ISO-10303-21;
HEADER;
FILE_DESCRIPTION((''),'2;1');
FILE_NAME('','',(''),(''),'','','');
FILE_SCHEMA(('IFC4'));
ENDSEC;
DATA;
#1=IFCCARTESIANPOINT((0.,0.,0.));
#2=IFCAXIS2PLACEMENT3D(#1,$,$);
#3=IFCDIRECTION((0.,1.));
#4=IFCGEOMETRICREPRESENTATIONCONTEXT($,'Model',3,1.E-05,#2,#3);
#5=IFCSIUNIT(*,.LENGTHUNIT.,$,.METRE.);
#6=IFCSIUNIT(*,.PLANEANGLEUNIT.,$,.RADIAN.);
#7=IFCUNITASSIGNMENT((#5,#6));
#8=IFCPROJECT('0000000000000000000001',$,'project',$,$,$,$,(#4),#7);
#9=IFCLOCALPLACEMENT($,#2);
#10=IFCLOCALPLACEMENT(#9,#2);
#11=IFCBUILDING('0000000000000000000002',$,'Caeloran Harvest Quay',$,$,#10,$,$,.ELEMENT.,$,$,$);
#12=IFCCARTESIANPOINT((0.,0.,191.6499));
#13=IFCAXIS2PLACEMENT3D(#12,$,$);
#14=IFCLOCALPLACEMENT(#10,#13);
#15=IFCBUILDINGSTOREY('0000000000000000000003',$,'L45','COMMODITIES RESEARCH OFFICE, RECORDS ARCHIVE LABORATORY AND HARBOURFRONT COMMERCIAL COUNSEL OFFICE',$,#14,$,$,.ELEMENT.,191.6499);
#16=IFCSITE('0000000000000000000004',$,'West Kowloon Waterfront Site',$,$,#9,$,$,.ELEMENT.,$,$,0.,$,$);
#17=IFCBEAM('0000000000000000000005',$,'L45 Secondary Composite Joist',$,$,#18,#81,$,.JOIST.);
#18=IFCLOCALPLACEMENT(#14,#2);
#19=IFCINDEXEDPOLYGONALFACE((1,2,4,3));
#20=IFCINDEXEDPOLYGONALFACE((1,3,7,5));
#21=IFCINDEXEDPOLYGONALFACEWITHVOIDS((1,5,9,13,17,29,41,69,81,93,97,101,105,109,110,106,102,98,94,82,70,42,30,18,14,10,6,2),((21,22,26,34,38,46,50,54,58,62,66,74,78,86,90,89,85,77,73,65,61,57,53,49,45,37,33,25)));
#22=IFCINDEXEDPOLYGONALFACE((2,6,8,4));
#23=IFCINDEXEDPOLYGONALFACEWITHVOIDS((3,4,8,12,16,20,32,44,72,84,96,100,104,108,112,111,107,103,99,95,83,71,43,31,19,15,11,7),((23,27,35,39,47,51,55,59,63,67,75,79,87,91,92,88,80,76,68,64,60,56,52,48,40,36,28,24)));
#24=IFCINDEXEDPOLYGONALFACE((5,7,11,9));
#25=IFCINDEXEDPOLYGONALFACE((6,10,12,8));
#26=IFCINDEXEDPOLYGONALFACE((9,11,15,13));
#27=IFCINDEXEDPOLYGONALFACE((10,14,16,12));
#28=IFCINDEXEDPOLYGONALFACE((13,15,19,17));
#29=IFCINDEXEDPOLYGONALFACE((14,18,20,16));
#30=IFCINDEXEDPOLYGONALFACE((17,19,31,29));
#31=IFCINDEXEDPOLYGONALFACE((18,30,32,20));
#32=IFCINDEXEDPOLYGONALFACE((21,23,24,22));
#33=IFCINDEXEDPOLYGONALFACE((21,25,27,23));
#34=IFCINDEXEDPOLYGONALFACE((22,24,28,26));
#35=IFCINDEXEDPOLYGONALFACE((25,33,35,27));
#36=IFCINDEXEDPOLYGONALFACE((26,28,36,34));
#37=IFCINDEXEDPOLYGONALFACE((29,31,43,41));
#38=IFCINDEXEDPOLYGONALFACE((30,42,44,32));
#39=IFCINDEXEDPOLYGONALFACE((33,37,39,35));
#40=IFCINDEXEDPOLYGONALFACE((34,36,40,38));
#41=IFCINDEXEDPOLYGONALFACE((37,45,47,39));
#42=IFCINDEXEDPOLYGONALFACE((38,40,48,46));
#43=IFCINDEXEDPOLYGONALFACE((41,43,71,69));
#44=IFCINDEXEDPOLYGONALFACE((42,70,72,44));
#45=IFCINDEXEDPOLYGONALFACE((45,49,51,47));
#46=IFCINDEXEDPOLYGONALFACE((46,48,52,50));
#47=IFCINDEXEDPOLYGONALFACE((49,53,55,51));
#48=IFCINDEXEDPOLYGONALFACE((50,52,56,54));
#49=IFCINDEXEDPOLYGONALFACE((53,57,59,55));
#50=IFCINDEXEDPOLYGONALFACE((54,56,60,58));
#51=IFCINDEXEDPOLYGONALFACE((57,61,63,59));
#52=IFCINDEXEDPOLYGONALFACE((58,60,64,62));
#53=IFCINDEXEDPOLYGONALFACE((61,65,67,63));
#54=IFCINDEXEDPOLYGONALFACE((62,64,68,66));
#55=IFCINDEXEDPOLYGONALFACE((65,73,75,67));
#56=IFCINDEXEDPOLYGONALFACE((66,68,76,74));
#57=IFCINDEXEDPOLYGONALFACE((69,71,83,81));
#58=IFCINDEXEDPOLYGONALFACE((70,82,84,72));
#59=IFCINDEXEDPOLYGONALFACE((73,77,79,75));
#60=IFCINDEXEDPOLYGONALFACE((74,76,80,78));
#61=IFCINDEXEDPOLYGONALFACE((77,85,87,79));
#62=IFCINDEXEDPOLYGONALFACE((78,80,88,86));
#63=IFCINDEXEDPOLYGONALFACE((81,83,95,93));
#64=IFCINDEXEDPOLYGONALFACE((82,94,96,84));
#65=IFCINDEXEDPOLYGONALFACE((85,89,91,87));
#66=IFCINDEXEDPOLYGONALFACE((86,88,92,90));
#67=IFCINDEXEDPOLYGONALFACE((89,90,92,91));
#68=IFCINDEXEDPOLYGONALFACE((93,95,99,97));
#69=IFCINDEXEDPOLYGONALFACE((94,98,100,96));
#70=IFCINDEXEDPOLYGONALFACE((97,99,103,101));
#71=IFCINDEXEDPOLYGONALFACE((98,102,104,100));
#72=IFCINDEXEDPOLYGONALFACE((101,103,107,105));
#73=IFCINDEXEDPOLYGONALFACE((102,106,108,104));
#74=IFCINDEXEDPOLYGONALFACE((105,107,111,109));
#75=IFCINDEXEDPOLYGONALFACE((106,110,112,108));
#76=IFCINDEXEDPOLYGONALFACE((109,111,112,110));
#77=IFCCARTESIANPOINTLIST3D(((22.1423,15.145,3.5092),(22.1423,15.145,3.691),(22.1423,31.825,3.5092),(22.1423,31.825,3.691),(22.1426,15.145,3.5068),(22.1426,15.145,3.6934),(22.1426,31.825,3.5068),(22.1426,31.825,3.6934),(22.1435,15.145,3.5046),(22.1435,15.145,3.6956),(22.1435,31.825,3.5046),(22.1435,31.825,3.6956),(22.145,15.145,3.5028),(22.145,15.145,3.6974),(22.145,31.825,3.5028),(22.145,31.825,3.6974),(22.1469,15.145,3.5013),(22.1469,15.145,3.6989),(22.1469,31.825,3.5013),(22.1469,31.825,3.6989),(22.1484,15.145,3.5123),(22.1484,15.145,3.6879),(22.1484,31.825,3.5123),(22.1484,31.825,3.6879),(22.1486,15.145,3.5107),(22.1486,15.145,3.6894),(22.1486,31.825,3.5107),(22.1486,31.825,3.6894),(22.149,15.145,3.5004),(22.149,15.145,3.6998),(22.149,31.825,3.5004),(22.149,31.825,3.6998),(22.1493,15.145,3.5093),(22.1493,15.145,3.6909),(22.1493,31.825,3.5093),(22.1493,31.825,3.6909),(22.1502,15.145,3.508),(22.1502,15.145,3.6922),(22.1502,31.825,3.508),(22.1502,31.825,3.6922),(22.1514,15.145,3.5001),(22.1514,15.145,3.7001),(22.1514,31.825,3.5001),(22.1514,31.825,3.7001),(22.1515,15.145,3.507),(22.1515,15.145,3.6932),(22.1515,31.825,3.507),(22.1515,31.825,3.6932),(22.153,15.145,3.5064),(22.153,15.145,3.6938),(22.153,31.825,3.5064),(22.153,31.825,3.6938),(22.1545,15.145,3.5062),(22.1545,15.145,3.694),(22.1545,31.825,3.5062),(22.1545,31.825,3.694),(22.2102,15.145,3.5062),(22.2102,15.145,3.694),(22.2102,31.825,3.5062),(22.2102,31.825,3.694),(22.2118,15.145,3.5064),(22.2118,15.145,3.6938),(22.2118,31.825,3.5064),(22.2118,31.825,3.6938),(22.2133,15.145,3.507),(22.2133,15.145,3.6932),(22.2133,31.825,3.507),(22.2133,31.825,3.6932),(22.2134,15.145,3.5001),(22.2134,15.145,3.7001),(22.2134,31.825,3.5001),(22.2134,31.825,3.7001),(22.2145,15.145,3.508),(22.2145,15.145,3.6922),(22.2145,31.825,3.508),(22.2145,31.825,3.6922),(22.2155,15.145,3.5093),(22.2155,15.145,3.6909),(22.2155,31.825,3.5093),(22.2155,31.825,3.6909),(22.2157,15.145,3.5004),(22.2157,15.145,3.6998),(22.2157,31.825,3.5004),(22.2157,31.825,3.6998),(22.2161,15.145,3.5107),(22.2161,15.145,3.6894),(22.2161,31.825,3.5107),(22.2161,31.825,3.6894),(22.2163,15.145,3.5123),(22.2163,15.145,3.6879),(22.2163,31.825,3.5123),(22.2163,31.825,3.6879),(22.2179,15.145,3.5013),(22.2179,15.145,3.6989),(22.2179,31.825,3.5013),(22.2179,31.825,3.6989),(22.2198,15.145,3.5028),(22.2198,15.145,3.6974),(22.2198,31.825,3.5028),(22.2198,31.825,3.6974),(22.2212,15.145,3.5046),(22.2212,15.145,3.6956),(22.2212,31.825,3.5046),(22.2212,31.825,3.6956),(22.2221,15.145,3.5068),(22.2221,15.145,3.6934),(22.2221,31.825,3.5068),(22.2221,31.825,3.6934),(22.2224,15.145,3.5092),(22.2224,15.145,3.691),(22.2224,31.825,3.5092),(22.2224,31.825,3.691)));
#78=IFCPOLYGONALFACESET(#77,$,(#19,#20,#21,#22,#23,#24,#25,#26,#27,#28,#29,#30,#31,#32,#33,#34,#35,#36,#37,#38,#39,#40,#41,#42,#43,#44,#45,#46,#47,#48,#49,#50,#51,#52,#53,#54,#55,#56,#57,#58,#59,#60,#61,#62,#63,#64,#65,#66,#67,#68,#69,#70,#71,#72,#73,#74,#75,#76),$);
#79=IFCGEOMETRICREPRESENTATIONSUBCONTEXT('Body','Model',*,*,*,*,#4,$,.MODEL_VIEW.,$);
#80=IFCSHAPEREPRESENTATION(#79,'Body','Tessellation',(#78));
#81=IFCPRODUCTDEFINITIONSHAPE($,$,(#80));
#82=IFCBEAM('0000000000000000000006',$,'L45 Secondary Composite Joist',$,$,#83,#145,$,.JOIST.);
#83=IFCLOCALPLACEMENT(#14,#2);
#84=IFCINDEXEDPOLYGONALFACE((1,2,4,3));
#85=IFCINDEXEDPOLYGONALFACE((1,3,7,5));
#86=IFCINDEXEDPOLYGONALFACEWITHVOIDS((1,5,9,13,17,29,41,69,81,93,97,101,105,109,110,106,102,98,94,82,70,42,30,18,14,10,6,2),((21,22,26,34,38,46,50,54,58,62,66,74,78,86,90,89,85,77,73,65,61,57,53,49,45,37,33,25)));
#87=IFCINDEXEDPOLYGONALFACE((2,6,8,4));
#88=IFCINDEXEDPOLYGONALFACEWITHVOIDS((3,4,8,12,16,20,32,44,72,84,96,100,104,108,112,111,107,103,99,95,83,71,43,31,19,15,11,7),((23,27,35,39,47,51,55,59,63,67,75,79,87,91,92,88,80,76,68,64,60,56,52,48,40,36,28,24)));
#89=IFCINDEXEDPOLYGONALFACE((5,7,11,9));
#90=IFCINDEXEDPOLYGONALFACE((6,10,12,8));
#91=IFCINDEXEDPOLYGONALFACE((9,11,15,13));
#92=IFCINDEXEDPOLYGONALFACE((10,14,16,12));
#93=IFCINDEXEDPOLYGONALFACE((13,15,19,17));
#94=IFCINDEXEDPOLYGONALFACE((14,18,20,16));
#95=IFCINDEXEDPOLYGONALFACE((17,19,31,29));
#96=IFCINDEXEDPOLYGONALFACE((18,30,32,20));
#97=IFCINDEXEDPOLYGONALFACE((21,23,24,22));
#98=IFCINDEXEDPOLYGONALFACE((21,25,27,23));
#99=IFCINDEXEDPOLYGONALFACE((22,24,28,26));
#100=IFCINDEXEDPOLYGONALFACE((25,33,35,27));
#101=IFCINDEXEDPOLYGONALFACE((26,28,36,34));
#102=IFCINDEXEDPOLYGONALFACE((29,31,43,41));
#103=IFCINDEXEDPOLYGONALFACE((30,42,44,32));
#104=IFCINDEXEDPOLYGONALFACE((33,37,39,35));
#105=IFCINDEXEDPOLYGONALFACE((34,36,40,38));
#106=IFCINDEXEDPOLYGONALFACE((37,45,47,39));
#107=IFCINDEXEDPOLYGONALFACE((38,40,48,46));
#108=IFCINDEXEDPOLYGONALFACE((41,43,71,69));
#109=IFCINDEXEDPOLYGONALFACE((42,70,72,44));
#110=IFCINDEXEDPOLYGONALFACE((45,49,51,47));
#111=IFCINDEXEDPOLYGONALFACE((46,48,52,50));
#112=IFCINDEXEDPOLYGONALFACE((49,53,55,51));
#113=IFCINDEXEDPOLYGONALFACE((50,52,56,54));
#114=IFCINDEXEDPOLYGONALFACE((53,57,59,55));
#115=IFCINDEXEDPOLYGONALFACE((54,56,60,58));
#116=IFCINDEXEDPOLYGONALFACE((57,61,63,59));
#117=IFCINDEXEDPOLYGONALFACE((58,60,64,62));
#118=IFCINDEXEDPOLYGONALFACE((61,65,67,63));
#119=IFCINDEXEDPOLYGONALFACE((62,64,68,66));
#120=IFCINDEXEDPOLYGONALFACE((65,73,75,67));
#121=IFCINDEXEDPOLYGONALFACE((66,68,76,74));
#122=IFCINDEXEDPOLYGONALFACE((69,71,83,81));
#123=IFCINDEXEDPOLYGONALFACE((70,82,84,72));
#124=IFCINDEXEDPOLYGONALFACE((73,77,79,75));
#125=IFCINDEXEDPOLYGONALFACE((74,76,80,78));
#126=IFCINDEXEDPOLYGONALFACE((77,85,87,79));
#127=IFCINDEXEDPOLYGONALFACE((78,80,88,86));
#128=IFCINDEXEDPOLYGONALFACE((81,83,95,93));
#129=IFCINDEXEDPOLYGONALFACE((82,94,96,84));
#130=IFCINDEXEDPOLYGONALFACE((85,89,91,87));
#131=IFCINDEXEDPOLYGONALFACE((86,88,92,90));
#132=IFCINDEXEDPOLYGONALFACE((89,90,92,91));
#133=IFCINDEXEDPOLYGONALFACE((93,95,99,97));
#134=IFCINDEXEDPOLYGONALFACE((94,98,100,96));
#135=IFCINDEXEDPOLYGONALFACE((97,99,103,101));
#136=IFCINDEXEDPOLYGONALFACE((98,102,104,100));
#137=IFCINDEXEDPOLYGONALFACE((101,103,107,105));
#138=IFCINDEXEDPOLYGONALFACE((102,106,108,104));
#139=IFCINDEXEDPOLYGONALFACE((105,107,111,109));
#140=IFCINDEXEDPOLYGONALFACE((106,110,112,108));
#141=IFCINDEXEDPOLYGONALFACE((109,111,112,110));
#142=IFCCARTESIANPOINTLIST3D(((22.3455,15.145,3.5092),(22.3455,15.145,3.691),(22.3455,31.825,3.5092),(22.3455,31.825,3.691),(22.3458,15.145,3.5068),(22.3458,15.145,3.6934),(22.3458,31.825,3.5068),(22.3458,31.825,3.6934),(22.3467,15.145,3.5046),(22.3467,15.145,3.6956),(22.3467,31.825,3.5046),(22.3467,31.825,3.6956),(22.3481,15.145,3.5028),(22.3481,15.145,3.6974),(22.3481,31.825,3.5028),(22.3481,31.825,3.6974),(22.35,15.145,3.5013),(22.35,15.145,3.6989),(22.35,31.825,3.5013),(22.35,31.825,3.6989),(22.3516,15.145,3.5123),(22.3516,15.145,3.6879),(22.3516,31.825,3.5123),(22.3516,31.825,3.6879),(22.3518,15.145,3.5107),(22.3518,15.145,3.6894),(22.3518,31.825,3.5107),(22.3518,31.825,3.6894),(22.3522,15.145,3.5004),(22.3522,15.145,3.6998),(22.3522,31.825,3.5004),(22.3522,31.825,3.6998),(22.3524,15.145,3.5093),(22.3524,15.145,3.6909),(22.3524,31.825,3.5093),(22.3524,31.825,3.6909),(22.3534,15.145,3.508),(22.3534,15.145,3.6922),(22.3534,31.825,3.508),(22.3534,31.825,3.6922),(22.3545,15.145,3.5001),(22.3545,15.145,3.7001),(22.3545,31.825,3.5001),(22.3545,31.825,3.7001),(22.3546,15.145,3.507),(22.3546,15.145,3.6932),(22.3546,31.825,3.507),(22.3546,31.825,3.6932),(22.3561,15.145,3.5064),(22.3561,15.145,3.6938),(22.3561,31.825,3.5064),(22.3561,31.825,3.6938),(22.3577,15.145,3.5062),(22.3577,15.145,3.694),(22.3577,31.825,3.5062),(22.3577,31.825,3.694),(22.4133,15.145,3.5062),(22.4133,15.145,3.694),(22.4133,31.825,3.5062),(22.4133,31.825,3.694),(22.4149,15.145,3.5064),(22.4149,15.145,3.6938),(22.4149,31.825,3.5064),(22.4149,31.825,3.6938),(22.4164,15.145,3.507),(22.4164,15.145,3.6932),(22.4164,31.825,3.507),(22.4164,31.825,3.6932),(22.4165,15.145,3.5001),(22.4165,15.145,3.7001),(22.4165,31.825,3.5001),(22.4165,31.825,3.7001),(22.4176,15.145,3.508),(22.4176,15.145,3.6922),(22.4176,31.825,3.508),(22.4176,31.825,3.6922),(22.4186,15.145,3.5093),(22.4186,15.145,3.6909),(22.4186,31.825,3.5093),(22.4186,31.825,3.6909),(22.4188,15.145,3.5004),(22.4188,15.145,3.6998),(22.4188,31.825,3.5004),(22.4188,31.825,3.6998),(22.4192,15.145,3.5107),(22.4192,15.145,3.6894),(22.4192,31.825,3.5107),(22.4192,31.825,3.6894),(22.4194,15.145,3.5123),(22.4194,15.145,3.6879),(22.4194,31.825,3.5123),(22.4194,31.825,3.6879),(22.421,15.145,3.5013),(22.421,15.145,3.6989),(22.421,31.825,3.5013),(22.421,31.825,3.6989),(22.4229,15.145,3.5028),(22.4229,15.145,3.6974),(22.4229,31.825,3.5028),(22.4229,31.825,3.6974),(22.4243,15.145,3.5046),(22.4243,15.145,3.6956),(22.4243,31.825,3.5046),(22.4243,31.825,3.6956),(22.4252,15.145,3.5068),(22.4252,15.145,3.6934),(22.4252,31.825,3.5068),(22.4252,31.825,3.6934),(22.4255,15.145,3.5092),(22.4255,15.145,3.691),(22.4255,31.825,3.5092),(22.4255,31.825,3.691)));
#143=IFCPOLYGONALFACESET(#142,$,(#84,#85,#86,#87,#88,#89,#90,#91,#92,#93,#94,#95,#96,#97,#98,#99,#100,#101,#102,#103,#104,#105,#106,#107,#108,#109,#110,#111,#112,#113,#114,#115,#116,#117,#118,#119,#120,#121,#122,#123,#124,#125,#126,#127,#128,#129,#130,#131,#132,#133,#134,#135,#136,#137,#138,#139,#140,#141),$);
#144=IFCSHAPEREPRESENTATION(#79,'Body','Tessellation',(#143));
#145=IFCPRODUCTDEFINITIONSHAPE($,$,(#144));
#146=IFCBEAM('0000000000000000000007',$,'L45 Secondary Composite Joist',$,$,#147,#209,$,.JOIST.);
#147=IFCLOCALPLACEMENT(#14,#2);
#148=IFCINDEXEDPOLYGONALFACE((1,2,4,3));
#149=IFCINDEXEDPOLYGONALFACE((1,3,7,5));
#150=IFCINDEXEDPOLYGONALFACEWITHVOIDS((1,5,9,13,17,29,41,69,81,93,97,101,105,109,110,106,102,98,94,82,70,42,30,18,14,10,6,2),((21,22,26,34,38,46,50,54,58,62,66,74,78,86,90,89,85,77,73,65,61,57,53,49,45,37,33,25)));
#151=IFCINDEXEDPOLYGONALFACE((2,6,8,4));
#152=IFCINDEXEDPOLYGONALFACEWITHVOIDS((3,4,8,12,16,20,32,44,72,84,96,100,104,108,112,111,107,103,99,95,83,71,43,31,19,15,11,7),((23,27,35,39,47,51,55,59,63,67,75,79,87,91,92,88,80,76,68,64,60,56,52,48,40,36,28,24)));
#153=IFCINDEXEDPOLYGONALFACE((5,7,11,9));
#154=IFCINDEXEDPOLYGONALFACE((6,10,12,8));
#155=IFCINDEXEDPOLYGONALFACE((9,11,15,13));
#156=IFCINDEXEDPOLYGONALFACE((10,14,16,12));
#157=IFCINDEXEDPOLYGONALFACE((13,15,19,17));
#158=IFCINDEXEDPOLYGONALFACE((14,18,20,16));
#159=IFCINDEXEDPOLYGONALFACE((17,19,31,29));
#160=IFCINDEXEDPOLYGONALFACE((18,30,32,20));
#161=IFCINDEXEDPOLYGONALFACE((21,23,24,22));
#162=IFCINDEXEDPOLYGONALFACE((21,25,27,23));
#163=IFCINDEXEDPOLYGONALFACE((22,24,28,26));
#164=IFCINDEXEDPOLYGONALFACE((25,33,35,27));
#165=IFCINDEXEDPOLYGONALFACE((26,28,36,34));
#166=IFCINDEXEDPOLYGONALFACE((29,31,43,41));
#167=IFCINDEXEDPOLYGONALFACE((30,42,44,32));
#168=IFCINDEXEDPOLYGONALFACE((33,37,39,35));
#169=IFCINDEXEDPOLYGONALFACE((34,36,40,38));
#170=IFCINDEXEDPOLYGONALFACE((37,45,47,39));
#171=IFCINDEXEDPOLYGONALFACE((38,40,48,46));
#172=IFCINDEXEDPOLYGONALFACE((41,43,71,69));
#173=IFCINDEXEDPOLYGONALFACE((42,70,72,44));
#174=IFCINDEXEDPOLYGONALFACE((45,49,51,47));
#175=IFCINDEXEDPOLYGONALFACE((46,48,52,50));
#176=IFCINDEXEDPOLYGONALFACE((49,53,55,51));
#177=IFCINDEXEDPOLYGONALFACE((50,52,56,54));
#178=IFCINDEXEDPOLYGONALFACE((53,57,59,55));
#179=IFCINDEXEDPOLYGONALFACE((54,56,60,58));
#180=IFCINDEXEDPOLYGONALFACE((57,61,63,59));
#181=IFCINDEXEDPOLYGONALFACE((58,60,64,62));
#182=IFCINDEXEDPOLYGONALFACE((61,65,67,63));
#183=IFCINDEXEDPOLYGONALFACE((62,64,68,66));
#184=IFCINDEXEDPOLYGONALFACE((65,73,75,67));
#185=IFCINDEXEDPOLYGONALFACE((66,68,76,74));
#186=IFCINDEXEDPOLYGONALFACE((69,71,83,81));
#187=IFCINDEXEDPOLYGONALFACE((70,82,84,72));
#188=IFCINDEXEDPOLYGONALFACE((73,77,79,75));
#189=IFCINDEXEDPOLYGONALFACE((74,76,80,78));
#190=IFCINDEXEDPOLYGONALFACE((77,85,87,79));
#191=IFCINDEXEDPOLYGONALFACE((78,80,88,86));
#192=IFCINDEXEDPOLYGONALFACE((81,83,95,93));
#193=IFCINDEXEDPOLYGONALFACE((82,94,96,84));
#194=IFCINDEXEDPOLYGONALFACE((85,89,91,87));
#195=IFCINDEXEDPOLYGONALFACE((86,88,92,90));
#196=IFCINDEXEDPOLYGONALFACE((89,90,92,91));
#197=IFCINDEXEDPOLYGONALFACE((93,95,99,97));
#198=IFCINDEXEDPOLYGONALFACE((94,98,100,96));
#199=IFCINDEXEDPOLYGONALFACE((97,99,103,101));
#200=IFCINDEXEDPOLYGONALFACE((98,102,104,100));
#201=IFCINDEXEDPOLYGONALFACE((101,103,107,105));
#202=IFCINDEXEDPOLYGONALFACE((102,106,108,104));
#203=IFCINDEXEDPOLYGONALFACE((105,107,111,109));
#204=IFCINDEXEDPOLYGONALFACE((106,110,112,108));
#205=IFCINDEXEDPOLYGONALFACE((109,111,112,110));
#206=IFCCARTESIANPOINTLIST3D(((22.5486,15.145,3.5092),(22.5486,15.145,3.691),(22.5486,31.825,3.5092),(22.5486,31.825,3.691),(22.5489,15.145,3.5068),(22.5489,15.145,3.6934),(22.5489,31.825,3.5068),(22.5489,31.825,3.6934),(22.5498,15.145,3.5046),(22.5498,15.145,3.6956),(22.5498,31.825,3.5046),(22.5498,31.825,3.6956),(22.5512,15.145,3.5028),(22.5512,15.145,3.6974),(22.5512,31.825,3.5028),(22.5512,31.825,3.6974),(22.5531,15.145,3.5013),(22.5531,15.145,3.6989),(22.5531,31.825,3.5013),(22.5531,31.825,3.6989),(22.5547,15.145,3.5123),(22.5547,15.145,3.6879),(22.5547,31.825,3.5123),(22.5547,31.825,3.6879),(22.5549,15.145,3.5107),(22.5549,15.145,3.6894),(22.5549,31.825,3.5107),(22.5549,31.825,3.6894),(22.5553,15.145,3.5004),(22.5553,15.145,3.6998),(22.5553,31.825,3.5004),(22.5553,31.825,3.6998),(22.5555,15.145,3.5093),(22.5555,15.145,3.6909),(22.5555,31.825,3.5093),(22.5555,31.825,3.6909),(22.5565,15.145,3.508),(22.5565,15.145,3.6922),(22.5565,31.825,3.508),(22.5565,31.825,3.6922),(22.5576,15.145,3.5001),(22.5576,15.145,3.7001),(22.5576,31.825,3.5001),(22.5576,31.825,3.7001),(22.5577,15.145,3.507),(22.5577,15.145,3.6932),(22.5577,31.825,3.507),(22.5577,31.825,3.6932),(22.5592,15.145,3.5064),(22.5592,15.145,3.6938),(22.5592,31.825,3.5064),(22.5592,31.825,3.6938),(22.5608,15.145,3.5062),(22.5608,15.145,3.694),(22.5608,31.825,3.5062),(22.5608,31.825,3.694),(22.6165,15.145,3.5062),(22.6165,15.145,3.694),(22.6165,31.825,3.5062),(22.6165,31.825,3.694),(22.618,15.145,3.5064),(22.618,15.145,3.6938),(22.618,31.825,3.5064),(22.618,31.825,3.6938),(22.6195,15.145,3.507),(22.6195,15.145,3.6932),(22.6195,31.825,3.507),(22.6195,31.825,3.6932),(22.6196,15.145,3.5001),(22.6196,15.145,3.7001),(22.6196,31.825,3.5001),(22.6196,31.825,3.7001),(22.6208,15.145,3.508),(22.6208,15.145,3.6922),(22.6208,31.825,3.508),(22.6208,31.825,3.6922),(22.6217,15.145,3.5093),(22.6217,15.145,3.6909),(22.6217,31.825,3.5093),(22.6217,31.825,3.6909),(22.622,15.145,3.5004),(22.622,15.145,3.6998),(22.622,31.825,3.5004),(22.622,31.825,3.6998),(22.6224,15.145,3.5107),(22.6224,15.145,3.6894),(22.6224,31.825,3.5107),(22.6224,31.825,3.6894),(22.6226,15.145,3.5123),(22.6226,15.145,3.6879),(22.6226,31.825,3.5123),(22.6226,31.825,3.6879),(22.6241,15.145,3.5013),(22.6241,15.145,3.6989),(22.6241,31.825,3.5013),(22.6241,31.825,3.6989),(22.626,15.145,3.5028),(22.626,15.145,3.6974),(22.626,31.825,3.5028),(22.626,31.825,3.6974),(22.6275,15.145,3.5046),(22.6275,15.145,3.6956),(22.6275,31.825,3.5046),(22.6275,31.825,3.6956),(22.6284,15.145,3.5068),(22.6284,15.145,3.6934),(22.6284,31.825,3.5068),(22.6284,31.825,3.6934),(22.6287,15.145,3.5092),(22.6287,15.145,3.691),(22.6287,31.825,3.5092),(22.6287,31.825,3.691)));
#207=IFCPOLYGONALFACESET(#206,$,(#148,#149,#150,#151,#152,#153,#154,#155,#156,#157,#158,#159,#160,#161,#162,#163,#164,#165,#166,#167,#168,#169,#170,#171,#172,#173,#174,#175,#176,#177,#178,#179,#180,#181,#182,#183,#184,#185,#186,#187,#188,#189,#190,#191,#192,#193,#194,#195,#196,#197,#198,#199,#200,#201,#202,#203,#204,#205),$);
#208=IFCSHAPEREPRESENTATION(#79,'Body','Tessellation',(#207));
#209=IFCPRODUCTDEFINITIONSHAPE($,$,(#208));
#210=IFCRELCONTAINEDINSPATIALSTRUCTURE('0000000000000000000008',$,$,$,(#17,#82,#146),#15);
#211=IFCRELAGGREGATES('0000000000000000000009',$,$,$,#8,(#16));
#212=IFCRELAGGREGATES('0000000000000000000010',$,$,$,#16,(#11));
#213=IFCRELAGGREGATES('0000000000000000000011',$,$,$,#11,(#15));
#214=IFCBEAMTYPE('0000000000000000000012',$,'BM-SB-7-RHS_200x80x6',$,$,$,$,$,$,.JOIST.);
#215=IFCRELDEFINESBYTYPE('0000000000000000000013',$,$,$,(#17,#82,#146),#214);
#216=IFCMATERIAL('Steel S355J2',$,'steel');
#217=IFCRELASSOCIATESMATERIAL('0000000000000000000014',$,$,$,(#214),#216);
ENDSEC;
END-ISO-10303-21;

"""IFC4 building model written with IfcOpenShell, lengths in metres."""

from ifc_helpers import new_model, si_unit, direction, frame, origin, origin_2d, place, context, subcontext, project, spatial, hollow_rectangle, extrude, material, material_profile, profile_set, type_object, element, save


model = new_model("IFC4")

# Units and contexts
model_context = context("Model", 3, precision=1e-05, world=origin(), true_north=direction((0.0, 1.0)))
body_context = subcontext(model_context, "Body", "Model", "MODEL_VIEW")
ifc_project = project(units=[si_unit("LENGTHUNIT", "METRE"), si_unit("PLANEANGLEUNIT", "RADIAN")], contexts=[model_context])

# Site, building, storey
site_placement = place(None, origin())
site = spatial("IfcSite", under=ifc_project, at=site_placement, Name="West Kowloon Waterfront Site", CompositionType="ELEMENT", RefElevation=0.0)
building_placement = place(site_placement, origin())
building = spatial("IfcBuilding", under=site, at=building_placement, Name="Caeloran Harvest Quay", CompositionType="ELEMENT")
storey_placement = place(building_placement, frame((0.0, 0.0, 191.6499)))
storey = spatial("IfcBuildingStorey", under=building, at=storey_placement, Name="L45", Description="COMMODITIES RESEARCH OFFICE, RECORDS ARCHIVE LABORATORY AND HARBOURFRONT COMMERCIAL COUNSEL OFFICE", CompositionType="ELEMENT", Elevation=191.6499)

# Beams
ifc_material_1 = material(Name="Steel S355J2", Category="steel")
ifc_material_profile_1 = material_profile(ifc_material_1, hollow_rectangle(XDim=0.0801, YDim=0.2, WallThickness=0.0061, InnerFilletRadius=0.0061, OuterFilletRadius=0.009, at=origin_2d()), Name="RHS 200x80x6")
ifc_profile_set_1 = profile_set([ifc_material_profile_1], Name="Steel S355J2")
beam_type_1 = type_object("IfcBeamType", Name="BM-SB-7-RHS_200x80x6", PredefinedType="JOIST", material=ifc_profile_set_1)
for number, where, z_axis, x_axis, name in (
    (1, (22.1824, 15.145, 3.6001), (0.0, 1.0, 0.0), (-1.0, 0.0, 0.0), "L45 Secondary Composite Joist"),
    (2, (22.3855, 15.145, 3.6001), (0.0, 1.0, 0.0), (-1.0, 0.0, 0.0), "L45 Secondary Composite Joist"),
    (3, (22.5886, 15.145, 3.6001), (0.0, 1.0, 0.0), (-1.0, 0.0, 0.0), "L45 Secondary Composite Joist"),
):
    element("IfcBeam", number, at=place(storey_placement, frame(where, z_axis=z_axis, x_axis=x_axis)), inside=storey, type_object=beam_type_1, Name=name, PredefinedType="JOIST", context=body_context, shape_type="SweptSolid", body=[
        extrude(hollow_rectangle(XDim=0.0801, YDim=0.2, WallThickness=0.0061, InnerFilletRadius=0.0061, OuterFilletRadius=0.009, at=origin_2d()), origin(), (0.0, 0.0, 1.0), 16.6799),
    ])

save(model, "model.ifc")
